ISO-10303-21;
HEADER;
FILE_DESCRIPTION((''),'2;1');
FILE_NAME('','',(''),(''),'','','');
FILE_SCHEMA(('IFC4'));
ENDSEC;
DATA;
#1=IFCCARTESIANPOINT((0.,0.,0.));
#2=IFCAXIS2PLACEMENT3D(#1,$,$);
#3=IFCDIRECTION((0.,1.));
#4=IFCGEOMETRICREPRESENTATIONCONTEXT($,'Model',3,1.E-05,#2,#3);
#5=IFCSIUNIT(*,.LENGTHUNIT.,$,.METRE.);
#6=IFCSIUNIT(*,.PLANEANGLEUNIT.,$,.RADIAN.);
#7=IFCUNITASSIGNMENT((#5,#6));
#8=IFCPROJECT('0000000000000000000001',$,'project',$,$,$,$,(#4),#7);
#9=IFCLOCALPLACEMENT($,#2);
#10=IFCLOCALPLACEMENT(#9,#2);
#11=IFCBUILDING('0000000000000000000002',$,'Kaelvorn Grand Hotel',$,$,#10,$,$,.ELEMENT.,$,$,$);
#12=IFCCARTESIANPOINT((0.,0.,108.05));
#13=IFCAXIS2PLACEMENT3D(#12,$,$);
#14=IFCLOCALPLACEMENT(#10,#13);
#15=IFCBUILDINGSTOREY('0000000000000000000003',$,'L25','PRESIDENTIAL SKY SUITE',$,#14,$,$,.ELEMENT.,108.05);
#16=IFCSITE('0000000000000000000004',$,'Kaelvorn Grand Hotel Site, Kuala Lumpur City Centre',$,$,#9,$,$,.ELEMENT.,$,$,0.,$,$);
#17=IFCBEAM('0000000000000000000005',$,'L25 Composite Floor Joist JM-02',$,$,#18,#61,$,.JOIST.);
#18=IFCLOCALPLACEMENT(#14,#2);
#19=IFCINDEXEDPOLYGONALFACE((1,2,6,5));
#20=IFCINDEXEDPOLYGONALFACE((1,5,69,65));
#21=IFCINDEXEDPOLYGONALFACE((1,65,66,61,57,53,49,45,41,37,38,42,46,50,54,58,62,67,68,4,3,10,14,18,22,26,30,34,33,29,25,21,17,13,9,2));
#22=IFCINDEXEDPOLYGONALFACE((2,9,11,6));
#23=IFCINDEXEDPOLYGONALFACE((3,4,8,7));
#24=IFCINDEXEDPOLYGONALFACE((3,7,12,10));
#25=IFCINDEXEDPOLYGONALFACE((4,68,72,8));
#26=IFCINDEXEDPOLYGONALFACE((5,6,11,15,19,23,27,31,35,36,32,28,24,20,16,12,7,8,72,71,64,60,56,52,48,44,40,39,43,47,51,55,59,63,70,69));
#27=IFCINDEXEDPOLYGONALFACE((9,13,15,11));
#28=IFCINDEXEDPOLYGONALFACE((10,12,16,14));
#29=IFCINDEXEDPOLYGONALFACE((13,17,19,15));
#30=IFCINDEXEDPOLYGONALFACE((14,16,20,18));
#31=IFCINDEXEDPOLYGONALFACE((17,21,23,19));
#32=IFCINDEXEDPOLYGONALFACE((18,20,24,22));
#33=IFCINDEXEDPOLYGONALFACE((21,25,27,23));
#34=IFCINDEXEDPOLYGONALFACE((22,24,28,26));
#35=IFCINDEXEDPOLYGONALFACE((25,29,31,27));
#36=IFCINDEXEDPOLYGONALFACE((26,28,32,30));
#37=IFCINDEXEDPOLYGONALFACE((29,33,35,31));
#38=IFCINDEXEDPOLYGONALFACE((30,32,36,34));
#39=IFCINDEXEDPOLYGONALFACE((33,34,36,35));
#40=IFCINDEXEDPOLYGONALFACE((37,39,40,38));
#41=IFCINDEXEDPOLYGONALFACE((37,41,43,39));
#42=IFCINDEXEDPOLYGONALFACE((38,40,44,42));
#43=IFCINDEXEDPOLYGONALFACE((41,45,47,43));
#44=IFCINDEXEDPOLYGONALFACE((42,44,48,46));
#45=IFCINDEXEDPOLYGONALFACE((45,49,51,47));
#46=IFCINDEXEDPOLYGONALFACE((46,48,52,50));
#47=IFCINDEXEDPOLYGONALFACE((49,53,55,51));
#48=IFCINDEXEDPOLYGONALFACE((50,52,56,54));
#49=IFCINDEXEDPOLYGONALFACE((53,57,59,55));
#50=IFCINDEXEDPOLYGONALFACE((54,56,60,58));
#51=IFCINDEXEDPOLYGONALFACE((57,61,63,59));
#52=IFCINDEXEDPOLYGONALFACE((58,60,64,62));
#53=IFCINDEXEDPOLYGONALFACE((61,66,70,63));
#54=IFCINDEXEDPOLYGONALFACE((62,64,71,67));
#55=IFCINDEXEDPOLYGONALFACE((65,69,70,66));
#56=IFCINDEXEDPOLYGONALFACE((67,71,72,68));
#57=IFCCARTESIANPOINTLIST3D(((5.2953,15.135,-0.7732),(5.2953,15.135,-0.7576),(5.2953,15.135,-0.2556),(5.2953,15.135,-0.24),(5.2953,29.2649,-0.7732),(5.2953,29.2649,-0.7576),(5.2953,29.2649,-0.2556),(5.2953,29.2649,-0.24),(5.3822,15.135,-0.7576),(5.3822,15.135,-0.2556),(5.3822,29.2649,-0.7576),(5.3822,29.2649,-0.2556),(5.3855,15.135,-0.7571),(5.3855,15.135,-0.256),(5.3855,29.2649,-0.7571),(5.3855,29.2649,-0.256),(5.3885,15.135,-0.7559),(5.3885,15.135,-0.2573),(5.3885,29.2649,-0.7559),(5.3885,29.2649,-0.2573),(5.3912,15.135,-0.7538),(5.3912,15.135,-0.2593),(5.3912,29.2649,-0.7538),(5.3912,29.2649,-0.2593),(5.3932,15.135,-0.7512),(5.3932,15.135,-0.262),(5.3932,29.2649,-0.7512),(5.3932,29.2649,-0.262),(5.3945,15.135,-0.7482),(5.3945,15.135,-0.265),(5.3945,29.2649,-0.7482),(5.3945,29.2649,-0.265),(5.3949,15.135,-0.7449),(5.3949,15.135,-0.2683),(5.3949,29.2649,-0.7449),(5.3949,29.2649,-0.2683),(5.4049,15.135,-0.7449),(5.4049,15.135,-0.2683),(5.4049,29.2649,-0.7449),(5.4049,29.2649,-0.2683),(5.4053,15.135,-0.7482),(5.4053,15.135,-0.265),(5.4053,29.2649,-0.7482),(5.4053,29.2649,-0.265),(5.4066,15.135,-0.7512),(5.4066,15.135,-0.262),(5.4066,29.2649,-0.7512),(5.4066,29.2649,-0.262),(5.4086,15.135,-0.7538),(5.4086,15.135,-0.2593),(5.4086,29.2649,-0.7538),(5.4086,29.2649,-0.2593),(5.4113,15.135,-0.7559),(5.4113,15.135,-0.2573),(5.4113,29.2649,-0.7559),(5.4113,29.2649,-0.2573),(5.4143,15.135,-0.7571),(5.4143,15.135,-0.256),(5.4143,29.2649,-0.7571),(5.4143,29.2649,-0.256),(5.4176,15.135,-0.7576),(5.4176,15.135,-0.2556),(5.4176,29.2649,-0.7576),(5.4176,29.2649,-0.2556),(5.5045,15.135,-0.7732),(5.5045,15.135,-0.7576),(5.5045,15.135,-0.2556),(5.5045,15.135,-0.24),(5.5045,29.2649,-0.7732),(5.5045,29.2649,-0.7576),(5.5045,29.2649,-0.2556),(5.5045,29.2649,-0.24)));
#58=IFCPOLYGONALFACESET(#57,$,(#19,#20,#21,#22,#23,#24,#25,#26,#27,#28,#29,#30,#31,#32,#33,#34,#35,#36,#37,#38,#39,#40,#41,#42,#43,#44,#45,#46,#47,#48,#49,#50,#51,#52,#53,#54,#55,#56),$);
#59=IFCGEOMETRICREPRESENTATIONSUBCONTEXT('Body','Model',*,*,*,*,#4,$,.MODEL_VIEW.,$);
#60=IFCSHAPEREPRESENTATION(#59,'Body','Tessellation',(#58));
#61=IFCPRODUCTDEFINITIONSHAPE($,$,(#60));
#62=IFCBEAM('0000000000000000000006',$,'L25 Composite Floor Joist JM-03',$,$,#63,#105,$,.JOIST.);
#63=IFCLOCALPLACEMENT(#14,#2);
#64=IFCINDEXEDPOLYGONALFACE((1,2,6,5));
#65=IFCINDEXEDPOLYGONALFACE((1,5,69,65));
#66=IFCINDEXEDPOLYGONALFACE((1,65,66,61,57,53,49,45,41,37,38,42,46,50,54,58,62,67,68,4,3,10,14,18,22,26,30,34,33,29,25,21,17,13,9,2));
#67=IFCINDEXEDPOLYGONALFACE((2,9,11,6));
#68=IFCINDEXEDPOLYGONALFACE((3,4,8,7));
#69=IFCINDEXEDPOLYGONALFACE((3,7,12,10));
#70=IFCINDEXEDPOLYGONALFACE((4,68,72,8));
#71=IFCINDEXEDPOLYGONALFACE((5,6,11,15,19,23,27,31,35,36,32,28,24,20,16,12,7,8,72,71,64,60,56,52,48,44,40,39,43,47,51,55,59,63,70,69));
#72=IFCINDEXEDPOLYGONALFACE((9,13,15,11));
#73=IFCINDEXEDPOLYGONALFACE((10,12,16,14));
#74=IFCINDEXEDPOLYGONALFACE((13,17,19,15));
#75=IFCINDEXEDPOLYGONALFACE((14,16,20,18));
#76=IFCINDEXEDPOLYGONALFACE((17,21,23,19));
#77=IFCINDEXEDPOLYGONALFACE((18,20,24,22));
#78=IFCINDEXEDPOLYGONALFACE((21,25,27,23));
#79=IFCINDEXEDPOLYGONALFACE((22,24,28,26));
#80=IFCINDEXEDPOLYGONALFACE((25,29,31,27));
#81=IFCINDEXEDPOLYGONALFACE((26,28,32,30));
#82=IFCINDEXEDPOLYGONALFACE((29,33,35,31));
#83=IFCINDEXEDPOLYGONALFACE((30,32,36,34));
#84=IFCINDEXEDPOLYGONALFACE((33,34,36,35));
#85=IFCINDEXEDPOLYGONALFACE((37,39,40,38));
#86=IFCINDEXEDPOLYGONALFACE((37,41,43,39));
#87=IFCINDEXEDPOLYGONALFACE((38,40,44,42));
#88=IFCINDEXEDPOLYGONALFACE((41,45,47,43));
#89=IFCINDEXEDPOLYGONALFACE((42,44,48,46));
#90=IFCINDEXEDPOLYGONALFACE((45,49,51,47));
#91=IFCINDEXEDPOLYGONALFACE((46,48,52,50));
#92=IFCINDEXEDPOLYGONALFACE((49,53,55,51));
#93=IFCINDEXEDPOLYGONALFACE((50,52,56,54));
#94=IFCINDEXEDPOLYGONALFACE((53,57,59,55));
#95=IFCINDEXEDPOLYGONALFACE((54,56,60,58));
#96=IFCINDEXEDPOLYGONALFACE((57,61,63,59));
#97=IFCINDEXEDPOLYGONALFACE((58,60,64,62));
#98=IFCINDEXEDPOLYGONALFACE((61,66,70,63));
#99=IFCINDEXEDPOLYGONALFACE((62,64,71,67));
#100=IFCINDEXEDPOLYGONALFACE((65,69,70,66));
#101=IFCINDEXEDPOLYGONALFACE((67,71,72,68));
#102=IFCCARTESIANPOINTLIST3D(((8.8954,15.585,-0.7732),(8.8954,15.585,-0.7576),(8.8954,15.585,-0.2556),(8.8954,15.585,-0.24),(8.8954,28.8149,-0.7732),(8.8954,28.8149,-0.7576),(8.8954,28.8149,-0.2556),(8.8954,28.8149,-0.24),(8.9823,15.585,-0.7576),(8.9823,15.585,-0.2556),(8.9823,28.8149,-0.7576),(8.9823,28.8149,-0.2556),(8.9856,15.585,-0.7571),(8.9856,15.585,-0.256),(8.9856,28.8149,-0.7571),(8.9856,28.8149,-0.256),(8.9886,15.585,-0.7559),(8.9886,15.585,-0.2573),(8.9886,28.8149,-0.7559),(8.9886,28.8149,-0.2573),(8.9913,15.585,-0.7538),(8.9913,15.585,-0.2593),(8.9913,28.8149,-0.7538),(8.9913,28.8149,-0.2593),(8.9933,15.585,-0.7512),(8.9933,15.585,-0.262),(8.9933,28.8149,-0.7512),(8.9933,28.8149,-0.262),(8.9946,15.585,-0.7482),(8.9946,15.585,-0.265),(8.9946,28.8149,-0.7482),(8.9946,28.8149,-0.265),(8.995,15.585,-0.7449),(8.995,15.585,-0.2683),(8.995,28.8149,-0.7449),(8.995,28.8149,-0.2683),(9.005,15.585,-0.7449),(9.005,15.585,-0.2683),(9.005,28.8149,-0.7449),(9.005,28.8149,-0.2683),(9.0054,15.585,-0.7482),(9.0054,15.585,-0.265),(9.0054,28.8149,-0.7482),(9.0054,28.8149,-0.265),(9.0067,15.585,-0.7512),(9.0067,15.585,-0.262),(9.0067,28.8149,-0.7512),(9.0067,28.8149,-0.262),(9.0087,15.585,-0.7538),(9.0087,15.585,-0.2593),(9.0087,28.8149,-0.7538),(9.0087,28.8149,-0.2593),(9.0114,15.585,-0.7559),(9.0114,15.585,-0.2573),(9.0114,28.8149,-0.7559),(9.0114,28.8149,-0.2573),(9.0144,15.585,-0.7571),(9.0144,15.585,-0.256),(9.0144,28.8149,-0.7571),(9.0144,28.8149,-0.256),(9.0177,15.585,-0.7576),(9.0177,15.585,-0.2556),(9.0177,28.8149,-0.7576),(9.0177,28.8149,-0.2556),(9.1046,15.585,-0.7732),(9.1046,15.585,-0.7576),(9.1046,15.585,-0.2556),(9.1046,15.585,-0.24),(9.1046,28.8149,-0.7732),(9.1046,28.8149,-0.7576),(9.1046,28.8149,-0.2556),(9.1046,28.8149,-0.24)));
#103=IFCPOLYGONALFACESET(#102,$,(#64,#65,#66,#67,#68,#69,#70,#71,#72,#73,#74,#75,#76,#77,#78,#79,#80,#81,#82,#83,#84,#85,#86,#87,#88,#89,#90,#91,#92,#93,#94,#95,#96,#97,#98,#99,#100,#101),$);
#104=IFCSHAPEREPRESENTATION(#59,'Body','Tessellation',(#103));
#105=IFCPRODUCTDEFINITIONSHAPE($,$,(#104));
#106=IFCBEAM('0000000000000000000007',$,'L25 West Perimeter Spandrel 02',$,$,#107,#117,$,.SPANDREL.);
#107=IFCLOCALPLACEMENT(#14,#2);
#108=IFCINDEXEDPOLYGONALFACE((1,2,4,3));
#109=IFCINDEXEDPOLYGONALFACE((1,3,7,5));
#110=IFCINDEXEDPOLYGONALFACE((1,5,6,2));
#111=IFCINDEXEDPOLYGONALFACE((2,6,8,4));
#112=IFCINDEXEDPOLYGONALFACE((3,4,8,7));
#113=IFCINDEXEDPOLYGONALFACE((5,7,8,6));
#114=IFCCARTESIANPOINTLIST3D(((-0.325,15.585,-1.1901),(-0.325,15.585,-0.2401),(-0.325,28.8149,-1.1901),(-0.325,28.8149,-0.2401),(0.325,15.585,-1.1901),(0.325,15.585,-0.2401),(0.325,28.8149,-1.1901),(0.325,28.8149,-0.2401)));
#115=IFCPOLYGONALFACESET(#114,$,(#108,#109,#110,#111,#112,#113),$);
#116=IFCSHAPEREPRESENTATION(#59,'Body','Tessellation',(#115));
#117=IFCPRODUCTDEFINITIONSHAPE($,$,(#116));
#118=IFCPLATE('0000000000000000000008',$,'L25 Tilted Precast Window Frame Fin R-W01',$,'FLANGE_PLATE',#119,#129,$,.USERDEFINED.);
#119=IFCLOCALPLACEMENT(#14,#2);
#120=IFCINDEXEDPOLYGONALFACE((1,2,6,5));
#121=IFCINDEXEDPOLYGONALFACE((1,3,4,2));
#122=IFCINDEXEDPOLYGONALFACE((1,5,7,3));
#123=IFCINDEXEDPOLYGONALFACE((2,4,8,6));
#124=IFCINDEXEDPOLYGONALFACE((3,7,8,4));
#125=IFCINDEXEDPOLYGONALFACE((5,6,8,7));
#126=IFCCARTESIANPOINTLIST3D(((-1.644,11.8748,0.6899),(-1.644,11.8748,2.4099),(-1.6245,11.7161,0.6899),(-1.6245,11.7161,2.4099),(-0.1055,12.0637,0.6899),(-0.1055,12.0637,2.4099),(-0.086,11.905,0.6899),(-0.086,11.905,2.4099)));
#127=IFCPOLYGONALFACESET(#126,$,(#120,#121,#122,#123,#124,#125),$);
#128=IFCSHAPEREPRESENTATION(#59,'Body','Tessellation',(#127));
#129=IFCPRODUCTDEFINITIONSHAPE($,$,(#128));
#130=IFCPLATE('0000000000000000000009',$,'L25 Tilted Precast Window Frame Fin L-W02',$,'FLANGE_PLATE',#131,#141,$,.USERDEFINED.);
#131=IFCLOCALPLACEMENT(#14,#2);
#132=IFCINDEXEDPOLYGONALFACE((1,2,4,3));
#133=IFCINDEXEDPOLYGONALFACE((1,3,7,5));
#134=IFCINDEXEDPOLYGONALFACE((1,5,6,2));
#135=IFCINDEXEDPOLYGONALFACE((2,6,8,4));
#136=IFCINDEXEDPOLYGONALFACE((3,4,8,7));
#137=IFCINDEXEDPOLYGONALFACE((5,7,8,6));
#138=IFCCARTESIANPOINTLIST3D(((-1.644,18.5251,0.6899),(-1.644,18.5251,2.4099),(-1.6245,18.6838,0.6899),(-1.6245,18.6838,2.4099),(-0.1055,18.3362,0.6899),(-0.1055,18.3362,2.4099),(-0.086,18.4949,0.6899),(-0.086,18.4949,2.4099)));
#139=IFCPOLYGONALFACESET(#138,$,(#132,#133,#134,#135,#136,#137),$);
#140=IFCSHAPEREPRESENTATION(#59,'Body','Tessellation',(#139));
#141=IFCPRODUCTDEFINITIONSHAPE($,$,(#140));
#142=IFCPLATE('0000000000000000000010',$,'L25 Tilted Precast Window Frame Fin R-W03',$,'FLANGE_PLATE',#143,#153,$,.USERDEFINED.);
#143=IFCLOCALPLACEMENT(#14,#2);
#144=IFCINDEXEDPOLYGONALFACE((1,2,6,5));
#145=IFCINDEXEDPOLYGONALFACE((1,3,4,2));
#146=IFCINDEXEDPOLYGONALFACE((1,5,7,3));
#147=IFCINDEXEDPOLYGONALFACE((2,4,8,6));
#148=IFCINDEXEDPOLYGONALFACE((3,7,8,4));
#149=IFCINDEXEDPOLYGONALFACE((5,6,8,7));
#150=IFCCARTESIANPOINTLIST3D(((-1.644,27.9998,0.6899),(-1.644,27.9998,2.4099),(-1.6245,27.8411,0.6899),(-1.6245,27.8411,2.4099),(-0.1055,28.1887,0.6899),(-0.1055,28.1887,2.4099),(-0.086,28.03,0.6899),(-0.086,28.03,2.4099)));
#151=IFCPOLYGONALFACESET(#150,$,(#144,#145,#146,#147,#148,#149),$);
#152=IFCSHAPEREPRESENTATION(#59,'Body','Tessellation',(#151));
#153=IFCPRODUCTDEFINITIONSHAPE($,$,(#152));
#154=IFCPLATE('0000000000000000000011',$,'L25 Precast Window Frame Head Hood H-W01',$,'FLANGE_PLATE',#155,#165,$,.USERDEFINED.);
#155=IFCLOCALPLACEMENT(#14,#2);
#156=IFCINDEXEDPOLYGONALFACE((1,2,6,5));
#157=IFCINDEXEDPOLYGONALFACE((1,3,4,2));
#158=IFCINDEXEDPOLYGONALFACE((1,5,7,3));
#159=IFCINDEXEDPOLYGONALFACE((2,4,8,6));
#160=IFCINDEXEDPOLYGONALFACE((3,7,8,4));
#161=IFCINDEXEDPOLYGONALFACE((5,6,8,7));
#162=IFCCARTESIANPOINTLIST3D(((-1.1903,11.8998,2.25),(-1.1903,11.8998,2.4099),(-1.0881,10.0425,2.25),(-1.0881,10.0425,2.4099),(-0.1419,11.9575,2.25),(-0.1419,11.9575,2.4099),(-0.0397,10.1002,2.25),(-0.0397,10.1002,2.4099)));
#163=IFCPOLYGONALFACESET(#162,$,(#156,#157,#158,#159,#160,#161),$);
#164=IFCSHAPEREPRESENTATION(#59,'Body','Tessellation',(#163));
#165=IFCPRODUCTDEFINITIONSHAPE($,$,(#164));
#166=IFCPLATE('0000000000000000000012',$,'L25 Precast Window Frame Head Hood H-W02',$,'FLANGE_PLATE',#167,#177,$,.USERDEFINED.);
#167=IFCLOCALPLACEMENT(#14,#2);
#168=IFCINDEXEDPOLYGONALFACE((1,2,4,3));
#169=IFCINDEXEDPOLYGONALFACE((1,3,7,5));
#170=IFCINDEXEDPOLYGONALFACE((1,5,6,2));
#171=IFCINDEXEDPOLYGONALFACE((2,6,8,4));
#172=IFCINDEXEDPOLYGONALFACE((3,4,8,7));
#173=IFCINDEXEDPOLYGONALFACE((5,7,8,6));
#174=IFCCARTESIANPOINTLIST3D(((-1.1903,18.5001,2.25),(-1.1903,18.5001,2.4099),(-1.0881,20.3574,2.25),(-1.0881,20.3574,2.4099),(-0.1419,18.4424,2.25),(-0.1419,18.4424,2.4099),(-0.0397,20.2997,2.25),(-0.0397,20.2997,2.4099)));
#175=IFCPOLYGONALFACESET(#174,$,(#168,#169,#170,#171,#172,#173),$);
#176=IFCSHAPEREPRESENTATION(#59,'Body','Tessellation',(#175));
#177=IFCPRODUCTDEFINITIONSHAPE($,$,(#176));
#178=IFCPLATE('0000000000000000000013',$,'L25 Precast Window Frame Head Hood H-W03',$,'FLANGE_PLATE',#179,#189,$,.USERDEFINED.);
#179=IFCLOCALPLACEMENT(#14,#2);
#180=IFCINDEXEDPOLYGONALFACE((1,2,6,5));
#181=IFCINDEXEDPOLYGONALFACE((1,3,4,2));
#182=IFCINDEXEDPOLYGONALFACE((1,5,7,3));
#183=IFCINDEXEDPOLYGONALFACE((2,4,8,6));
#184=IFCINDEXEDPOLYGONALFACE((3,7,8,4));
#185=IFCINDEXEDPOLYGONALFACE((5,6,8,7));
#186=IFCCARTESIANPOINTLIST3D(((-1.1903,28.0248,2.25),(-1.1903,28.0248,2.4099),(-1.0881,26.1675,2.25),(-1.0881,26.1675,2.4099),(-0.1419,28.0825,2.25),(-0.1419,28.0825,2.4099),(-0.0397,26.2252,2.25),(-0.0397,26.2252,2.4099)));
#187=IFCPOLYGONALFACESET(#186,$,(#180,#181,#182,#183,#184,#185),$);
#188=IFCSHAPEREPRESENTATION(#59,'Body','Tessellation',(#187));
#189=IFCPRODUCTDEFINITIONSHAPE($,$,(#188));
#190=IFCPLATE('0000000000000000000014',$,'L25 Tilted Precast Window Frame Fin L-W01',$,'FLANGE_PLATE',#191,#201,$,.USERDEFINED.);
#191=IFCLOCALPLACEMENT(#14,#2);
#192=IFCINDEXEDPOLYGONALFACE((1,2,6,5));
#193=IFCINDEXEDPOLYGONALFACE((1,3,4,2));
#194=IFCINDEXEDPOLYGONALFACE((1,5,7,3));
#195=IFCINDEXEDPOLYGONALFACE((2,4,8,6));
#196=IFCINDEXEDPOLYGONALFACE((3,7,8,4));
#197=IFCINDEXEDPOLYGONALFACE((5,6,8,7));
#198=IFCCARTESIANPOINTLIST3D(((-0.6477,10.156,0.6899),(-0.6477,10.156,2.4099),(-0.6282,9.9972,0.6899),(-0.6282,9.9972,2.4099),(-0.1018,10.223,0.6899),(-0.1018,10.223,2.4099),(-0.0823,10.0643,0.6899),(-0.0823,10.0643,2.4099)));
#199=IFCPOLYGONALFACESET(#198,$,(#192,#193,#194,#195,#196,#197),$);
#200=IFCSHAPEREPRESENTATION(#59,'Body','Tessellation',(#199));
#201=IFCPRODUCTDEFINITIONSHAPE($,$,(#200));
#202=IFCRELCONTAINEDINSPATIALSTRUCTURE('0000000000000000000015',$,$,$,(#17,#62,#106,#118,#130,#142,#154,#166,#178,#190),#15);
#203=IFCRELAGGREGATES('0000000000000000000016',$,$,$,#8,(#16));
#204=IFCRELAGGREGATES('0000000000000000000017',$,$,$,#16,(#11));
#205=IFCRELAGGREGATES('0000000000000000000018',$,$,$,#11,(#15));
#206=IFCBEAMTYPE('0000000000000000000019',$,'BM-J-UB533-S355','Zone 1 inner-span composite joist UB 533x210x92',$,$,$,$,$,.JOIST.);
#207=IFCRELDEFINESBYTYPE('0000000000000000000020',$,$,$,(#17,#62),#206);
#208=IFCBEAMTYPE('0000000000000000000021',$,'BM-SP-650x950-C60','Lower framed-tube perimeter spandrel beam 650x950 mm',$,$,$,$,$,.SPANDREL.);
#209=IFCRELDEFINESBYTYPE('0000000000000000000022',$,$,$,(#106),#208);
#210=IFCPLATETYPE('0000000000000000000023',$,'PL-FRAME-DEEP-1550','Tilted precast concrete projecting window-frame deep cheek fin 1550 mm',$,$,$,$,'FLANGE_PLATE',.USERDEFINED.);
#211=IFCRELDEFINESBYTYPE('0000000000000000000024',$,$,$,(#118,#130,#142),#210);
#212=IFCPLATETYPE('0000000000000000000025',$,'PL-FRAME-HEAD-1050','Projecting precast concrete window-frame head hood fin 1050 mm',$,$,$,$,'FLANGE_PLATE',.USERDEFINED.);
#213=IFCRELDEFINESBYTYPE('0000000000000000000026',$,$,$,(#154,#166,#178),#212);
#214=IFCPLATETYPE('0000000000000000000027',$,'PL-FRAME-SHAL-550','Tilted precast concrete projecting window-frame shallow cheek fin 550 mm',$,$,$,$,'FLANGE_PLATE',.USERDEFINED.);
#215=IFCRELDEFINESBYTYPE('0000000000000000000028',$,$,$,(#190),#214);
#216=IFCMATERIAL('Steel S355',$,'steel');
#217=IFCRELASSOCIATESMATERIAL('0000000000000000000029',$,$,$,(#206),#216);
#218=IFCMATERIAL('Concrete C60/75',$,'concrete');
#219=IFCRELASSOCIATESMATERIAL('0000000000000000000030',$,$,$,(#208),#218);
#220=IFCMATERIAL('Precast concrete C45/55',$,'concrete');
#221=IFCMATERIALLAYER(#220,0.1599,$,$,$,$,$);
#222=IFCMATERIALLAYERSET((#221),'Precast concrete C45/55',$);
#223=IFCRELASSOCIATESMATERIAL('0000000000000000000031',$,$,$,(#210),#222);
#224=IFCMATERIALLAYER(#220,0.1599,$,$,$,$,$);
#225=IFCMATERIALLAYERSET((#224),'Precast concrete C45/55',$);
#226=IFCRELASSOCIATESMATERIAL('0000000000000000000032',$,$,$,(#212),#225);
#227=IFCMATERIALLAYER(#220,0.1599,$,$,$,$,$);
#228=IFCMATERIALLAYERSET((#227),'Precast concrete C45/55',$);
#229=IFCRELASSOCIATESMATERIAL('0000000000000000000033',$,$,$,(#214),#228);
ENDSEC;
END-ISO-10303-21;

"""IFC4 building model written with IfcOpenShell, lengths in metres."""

from ifc_helpers import new_model, si_unit, direction, frame, origin, origin_2d, place, context, subcontext, project, spatial, rectangle, i_section, extrude, material, layer, layer_set, material_profile, profile_set, type_object, element, save


model = new_model("IFC4")

# Units and contexts
model_context = context("Model", 3, precision=1e-05, world=origin(), true_north=direction((0.0, 1.0)))
body_context = subcontext(model_context, "Body", "Model", "MODEL_VIEW")
ifc_project = project(units=[si_unit("LENGTHUNIT", "METRE"), si_unit("PLANEANGLEUNIT", "RADIAN")], contexts=[model_context])

# Site, building, storey
site_placement = place(None, origin())
site = spatial("IfcSite", under=ifc_project, at=site_placement, Name="Kaelvorn Grand Hotel Site, Kuala Lumpur City Centre", CompositionType="ELEMENT", RefElevation=0.0)
building_placement = place(site_placement, origin())
building = spatial("IfcBuilding", under=site, at=building_placement, Name="Kaelvorn Grand Hotel", CompositionType="ELEMENT")
storey_placement = place(building_placement, frame((0.0, 0.0, 108.05)))
storey = spatial("IfcBuildingStorey", under=building, at=storey_placement, Name="L25", Description="PRESIDENTIAL SKY SUITE", CompositionType="ELEMENT", Elevation=108.05)

# Shared definitions
ifc_material_1 = material(Name="Concrete C60/75", Category="concrete")

# Beams
ifc_material_2 = material(Name="Steel S355", Category="steel")
ifc_material_profile_1 = material_profile(ifc_material_2, i_section(OverallWidth=0.2092, OverallDepth=0.5332, WebThickness=0.01, FlangeThickness=0.0156, FilletRadius=0.0127, at=origin_2d()), Name="UB 533x210x92")
ifc_profile_set_1 = profile_set([ifc_material_profile_1], Name="Steel S355")
beam_type_1 = type_object("IfcBeamType", Name="BM-J-UB533-S355", Description="Zone 1 inner-span composite joist UB 533x210x92", PredefinedType="JOIST", material=ifc_profile_set_1)
beam_1_placement = place(storey_placement, frame((5.3999, 15.135, -0.5066), z_axis=(0.0, 1.0, 0.0), x_axis=(-1.0, 0.0, 0.0)))
element("IfcBeam", 1, at=beam_1_placement, inside=storey, type_object=beam_type_1, Name="L25 Composite Floor Joist JM-02", PredefinedType="JOIST", context=body_context, shape_type="SweptSolid", body=[
    extrude(i_section(OverallWidth=0.2092, OverallDepth=0.5332, WebThickness=0.01, FlangeThickness=0.0156, FilletRadius=0.0127, at=origin_2d()), origin(), (0.0, 0.0, 1.0), 14.1299),
])
beam_2_placement = place(storey_placement, frame((9.0, 15.585, -0.5066), z_axis=(0.0, 1.0, 0.0), x_axis=(-1.0, 0.0, 0.0)))
element("IfcBeam", 2, at=beam_2_placement, inside=storey, type_object=beam_type_1, Name="L25 Composite Floor Joist JM-03", PredefinedType="JOIST", context=body_context, shape_type="SweptSolid", body=[
    extrude(i_section(OverallWidth=0.2092, OverallDepth=0.5332, WebThickness=0.01, FlangeThickness=0.0156, FilletRadius=0.0127, at=origin_2d()), origin(), (0.0, 0.0, 1.0), 13.23),
])
ifc_material_profile_2 = material_profile(ifc_material_1, rectangle(XDim=0.6499, YDim=0.95, at=origin_2d()), Name="RC SPANDREL 650x950")
ifc_profile_set_2 = profile_set([ifc_material_profile_2], Name="Concrete C60/75")
beam_type_2 = type_object("IfcBeamType", Name="BM-SP-650x950-C60", Description="Lower framed-tube perimeter spandrel beam 650x950 mm", PredefinedType="SPANDREL", material=ifc_profile_set_2)
beam_3_placement = place(storey_placement, frame((0.0, 15.585, -0.7151), z_axis=(0.0, 1.0, 0.0), x_axis=(-1.0, 0.0, 0.0)))
element("IfcBeam", 3, at=beam_3_placement, inside=storey, type_object=beam_type_2, Name="L25 West Perimeter Spandrel 02", PredefinedType="SPANDREL", context=body_context, shape_type="SweptSolid", body=[
    extrude(rectangle(XDim=0.6499, YDim=0.95, at=origin_2d()), origin(), (0.0, 0.0, 1.0), 13.23),
])

# Plates
ifc_material_3 = material(Name="Precast concrete C45/55", Category="concrete")
ifc_layer_1 = layer(ifc_material_3, 0.1599)
ifc_layer_set_1 = layer_set([ifc_layer_1], Name="Precast concrete C45/55")
plate_type_1 = type_object("IfcPlateType", Name="PL-FRAME-DEEP-1550", Description="Tilted precast concrete projecting window-frame deep cheek fin 1550 mm", ElementType="FLANGE_PLATE", PredefinedType="USERDEFINED", material=ifc_layer_set_1)
for number, where, z_axis, x_axis, name in (
    (4, (-0.865, 11.8899, 0.6899), (0.0, 0.0, 1.0), (-0.121869, 0.992546, 0.0), "L25 Tilted Precast Window Frame Fin R-W01"),
    (5, (-0.865, 18.51, 0.6899), (0.0, 0.0, 1.0), (0.121869, 0.992546, 0.0), "L25 Tilted Precast Window Frame Fin L-W02"),
    (6, (-0.865, 28.0149, 0.6899), (0.0, 0.0, 1.0), (-0.121869, 0.992546, 0.0), "L25 Tilted Precast Window Frame Fin R-W03"),
):
    element("IfcPlate", number, at=place(storey_placement, frame(where, z_axis=z_axis, x_axis=x_axis)), inside=storey, type_object=plate_type_1, Name=name, ObjectType="FLANGE_PLATE", PredefinedType="USERDEFINED", context=body_context, shape_type="SweptSolid", body=[
        extrude(rectangle(XDim=0.1599, YDim=1.55, at=origin_2d()), origin(), (0.0, 0.0, 1.0), 1.72),
    ])
ifc_layer_2 = layer(ifc_material_3, 0.1599)
ifc_layer_set_2 = layer_set([ifc_layer_2], Name="Precast concrete C45/55")
plate_type_2 = type_object("IfcPlateType", Name="PL-FRAME-HEAD-1050", Description="Projecting precast concrete window-frame head hood fin 1050 mm", ElementType="FLANGE_PLATE", PredefinedType="USERDEFINED", material=ifc_layer_set_2)
for number, where, z_axis, x_axis, name in (
    (7, (-0.615, 11.0, 2.25), (0.0, 0.0, 1.0), (-0.05495, 0.998489, 0.0), "L25 Precast Window Frame Head Hood H-W01"),
    (8, (-0.615, 19.3999, 2.25), (0.0, 0.0, 1.0), (0.05495, 0.998489, 0.0), "L25 Precast Window Frame Head Hood H-W02"),
    (9, (-0.615, 27.125, 2.25), (0.0, 0.0, 1.0), (-0.05495, 0.998489, 0.0), "L25 Precast Window Frame Head Hood H-W03"),
):
    element("IfcPlate", number, at=place(storey_placement, frame(where, z_axis=z_axis, x_axis=x_axis)), inside=storey, type_object=plate_type_2, Name=name, ObjectType="FLANGE_PLATE", PredefinedType="USERDEFINED", context=body_context, shape_type="SweptSolid", body=[
        extrude(rectangle(XDim=1.8601, YDim=1.05, at=origin_2d()), origin(), (0.0, 0.0, 1.0), 0.1599),
    ])
ifc_layer_3 = layer(ifc_material_3, 0.1599)
ifc_layer_set_3 = layer_set([ifc_layer_3], Name="Precast concrete C45/55")
plate_type_3 = type_object("IfcPlateType", Name="PL-FRAME-SHAL-550", Description="Tilted precast concrete projecting window-frame shallow cheek fin 550 mm", ElementType="FLANGE_PLATE", PredefinedType="USERDEFINED", material=ifc_layer_set_3)
for number, where, z_axis, x_axis, name in (
    (10, (-0.365, 10.1101, 0.6899), (0.0, 0.0, 1.0), (-0.121869, 0.992546, 0.0), "L25 Tilted Precast Window Frame Fin L-W01"),
):
    element("IfcPlate", number, at=place(storey_placement, frame(where, z_axis=z_axis, x_axis=x_axis)), inside=storey, type_object=plate_type_3, Name=name, ObjectType="FLANGE_PLATE", PredefinedType="USERDEFINED", context=body_context, shape_type="SweptSolid", body=[
        extrude(rectangle(XDim=0.1599, YDim=0.55, at=origin_2d()), origin(), (0.0, 0.0, 1.0), 1.72),
    ])

save(model, "model.ifc")
